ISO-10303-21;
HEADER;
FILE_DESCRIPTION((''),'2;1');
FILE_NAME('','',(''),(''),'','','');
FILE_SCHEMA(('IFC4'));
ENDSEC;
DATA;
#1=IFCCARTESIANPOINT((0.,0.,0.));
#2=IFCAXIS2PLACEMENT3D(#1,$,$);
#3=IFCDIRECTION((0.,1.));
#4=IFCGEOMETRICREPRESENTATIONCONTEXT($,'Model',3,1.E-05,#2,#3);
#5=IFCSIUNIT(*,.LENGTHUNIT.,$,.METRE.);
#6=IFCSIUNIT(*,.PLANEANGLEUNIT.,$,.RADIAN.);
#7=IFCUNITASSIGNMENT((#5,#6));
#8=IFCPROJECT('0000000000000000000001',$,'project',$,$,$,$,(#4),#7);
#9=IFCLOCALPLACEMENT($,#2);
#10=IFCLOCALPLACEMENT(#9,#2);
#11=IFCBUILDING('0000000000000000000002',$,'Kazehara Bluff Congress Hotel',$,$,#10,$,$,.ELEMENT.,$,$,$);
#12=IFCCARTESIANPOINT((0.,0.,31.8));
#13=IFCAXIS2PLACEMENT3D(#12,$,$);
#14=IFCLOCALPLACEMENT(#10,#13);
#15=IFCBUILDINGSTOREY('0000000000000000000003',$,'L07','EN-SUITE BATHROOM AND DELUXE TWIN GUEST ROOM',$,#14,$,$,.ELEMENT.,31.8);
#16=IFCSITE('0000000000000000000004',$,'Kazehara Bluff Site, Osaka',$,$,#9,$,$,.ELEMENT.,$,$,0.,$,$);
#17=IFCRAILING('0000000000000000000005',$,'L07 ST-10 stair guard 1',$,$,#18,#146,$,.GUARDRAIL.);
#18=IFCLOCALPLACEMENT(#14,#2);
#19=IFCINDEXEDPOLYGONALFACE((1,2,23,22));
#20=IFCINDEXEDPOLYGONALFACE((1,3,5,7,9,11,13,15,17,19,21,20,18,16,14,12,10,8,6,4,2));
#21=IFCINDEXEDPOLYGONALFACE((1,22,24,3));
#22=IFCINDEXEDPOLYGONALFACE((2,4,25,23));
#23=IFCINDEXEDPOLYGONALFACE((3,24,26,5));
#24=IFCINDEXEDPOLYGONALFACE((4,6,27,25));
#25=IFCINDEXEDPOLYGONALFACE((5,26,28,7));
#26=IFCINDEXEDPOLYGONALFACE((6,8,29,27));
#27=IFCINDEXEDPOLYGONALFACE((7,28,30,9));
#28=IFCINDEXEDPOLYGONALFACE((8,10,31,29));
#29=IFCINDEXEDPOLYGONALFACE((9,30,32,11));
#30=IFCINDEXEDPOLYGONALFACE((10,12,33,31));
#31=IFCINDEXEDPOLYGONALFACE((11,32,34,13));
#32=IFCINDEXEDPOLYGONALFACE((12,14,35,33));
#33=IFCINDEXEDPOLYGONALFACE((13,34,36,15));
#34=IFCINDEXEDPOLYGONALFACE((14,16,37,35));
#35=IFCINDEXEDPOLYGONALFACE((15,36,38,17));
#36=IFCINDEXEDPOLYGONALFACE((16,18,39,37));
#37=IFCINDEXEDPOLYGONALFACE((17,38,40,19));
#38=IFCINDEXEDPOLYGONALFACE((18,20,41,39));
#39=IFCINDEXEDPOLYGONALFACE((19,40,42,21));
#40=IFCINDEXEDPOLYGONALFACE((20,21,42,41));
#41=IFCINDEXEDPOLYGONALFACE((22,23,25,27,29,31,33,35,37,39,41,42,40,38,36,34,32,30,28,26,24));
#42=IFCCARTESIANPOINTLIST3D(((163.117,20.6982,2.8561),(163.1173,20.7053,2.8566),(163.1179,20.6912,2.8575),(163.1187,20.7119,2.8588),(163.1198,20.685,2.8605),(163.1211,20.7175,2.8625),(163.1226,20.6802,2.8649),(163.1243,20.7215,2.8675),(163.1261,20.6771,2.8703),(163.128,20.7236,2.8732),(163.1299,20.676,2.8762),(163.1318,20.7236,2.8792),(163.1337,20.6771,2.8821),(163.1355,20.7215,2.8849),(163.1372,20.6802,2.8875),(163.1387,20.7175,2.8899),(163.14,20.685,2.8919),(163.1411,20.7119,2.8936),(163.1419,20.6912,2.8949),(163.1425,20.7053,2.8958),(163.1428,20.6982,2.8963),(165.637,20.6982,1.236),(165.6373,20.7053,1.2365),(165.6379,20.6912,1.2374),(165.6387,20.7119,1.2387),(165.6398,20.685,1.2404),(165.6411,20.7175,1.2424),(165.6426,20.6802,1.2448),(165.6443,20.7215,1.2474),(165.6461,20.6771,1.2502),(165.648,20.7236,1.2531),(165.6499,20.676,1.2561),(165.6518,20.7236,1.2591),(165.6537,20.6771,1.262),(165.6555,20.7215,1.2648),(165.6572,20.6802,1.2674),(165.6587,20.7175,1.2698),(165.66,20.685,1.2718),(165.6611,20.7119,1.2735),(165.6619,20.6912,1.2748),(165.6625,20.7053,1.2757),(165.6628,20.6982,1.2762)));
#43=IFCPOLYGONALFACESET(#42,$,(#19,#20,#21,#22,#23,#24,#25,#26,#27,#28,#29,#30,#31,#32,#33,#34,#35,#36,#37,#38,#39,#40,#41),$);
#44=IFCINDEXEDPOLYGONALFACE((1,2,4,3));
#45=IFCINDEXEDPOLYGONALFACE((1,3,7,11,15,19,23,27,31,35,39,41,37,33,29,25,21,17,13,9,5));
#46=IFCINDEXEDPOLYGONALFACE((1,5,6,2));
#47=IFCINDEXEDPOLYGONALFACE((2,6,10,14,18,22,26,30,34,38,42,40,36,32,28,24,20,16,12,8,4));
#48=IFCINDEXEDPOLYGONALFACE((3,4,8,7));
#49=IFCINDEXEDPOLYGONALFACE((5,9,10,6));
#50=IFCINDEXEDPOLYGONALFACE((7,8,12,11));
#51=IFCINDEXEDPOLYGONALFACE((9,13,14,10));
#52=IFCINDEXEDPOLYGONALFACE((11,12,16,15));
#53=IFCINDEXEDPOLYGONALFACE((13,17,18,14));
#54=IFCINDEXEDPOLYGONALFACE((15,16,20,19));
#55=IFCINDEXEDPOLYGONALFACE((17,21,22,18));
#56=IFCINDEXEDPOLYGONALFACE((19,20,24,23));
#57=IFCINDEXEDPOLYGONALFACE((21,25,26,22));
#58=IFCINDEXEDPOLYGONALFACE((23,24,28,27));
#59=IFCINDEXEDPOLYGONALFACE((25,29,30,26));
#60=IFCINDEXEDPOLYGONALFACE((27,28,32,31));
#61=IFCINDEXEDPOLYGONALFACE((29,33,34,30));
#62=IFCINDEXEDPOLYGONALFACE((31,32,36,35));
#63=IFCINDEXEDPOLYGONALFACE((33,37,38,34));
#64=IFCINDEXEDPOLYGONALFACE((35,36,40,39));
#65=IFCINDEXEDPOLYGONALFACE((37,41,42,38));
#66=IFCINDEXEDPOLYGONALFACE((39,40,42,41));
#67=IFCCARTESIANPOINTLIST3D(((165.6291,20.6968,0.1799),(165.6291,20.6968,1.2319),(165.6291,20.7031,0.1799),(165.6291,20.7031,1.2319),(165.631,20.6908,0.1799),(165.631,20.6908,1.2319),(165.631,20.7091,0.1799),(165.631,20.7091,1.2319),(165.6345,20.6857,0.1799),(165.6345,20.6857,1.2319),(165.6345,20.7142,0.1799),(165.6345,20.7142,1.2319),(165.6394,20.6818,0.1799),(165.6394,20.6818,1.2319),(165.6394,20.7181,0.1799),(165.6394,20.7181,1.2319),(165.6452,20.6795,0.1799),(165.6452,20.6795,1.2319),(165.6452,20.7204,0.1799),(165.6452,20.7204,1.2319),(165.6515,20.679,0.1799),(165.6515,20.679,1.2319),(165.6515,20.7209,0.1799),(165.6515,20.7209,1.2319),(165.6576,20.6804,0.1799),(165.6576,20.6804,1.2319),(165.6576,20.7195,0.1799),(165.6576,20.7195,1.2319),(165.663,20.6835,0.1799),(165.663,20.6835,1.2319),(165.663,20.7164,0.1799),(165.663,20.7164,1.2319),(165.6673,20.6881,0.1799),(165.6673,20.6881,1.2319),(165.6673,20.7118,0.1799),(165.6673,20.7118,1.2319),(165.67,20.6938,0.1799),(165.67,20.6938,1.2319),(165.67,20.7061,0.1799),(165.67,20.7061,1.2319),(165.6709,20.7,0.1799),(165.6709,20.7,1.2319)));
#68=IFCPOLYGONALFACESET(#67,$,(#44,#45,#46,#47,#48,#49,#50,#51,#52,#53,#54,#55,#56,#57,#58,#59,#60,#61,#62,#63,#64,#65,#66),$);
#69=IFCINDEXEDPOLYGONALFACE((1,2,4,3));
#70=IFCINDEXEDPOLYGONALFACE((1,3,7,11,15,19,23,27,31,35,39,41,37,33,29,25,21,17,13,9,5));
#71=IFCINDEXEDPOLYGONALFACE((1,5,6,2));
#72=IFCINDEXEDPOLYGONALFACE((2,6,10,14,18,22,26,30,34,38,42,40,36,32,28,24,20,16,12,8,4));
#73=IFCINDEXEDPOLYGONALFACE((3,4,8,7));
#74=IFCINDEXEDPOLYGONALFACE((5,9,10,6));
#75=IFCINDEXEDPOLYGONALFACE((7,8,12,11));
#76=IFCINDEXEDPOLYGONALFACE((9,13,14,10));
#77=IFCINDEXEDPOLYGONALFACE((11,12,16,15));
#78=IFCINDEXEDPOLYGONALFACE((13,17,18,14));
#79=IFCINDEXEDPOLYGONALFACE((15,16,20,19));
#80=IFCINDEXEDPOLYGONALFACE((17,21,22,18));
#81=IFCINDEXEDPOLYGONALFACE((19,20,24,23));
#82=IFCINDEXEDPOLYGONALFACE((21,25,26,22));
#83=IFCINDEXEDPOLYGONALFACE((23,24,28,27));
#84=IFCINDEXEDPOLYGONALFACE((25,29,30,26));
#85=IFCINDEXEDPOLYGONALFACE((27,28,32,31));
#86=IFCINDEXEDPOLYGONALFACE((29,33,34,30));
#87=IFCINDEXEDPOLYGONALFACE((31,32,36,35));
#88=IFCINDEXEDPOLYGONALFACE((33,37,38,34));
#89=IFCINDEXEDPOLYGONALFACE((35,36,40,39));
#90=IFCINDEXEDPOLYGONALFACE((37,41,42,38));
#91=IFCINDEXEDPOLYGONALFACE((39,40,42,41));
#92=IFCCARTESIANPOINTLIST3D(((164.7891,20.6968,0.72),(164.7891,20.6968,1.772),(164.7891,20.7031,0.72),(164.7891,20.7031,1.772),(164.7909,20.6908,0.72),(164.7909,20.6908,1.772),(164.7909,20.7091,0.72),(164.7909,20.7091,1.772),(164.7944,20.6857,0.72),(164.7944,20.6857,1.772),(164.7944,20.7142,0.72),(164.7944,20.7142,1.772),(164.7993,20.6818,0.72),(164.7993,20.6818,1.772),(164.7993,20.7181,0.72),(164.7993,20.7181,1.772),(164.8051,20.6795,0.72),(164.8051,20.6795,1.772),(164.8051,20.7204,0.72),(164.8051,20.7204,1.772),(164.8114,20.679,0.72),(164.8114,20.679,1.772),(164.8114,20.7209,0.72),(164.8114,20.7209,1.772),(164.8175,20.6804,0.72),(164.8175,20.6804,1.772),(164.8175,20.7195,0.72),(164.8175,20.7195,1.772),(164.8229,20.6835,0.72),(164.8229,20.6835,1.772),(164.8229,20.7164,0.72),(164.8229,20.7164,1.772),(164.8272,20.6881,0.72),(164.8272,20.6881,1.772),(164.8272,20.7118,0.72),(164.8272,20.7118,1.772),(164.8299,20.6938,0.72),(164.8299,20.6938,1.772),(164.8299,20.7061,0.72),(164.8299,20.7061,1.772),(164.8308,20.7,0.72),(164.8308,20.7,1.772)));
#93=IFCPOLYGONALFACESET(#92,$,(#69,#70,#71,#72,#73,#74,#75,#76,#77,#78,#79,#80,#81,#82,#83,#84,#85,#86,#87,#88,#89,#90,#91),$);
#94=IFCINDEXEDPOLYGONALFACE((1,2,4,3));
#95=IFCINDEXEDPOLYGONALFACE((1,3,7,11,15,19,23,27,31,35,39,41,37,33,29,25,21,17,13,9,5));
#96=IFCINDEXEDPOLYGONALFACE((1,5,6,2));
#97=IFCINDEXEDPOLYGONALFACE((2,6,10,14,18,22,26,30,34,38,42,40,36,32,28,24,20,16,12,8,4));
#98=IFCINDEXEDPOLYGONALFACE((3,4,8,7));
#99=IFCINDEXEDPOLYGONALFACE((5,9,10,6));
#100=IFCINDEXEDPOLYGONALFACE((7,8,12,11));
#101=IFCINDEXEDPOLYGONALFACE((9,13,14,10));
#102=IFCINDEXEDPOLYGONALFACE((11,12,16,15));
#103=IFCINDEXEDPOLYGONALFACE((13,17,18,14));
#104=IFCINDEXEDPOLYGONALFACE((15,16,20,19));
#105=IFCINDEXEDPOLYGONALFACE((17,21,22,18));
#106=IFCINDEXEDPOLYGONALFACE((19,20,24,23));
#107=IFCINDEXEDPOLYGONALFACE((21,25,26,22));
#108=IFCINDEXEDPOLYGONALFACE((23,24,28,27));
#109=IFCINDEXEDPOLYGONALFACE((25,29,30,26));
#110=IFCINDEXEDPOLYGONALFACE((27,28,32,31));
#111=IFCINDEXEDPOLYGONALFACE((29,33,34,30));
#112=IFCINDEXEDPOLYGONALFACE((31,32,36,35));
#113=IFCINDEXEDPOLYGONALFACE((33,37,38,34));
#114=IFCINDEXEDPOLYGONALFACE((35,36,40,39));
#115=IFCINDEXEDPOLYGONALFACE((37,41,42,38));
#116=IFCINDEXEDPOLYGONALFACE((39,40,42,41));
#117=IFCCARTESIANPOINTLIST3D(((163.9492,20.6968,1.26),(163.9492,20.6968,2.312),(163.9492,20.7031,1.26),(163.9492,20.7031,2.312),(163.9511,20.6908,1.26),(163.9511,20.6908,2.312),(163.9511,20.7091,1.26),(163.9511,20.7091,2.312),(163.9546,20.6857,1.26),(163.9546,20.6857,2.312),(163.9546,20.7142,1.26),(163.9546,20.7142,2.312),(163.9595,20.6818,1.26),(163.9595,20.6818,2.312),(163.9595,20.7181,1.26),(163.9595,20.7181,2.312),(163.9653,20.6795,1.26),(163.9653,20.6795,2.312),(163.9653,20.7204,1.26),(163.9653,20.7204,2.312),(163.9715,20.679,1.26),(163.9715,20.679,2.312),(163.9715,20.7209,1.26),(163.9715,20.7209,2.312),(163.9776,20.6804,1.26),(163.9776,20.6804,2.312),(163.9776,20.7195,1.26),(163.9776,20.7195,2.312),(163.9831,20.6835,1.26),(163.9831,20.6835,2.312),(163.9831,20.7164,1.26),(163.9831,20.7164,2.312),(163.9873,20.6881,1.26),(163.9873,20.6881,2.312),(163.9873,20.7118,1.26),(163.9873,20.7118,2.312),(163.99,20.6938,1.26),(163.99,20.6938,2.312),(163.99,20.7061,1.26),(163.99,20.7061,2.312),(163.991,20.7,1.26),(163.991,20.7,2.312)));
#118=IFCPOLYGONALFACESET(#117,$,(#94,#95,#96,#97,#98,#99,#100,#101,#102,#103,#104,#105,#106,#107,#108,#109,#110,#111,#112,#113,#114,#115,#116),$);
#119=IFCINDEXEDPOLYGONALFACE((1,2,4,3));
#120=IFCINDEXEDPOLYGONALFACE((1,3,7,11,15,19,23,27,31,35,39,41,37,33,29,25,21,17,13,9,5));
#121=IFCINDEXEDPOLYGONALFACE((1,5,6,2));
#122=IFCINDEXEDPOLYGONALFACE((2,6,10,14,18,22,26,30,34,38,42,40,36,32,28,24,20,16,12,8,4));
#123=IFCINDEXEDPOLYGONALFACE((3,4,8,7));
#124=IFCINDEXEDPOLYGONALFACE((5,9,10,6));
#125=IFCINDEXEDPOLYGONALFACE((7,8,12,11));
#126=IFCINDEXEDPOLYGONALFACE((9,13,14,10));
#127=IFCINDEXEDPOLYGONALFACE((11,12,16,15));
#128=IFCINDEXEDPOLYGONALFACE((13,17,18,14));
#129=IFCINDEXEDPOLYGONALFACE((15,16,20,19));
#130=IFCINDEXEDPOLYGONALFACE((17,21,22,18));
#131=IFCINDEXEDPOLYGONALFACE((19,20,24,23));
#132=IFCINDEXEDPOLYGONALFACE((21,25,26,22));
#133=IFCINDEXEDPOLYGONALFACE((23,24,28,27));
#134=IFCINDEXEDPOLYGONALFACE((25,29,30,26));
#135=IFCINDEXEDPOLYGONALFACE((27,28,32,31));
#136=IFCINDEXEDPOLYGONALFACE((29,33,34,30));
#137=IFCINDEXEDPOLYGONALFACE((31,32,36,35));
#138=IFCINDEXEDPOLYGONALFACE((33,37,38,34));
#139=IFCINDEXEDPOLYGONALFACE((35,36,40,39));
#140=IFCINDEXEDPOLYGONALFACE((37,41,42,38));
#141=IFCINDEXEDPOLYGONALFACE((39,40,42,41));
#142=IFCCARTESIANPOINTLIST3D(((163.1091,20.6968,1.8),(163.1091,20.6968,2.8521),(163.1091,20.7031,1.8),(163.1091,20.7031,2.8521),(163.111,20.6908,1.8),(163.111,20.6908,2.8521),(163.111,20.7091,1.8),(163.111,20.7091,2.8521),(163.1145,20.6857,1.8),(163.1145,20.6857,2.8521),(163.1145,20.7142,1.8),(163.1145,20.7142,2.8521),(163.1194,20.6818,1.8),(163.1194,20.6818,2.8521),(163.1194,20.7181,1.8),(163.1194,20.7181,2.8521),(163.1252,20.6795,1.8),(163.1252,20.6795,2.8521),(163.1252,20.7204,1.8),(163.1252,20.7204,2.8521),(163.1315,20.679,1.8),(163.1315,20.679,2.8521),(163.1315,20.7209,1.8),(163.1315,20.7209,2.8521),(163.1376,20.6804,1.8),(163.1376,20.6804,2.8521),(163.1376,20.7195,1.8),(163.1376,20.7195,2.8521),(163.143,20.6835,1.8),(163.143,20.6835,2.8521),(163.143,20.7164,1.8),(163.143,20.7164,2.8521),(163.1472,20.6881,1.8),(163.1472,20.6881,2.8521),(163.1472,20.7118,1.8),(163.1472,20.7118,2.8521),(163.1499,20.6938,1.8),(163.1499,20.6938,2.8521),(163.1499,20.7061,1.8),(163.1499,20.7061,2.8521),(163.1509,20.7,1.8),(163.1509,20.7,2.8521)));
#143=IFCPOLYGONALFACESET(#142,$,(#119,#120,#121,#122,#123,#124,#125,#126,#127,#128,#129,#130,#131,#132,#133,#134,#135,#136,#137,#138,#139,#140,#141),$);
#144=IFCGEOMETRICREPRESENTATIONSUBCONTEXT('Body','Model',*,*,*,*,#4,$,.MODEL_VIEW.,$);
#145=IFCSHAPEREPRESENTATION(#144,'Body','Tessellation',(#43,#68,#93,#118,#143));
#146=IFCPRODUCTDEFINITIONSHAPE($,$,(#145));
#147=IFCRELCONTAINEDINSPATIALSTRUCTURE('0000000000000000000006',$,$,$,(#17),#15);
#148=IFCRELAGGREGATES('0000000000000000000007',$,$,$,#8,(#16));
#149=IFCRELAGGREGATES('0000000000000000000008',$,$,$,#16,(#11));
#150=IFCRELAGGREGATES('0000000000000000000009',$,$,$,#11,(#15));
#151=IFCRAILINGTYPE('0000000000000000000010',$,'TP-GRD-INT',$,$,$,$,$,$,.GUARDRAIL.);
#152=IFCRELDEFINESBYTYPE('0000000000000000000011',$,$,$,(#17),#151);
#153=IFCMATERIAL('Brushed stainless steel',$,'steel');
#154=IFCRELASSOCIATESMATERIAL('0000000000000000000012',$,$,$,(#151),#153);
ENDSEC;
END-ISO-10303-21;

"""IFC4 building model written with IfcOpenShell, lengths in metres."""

from ifc_helpers import new_model, si_unit, direction, frame, origin, origin_2d, place, context, subcontext, project, spatial, circle, extrude, material, type_object, element, save


model = new_model("IFC4")

# Units and contexts
model_context = context("Model", 3, precision=1e-05, world=origin(), true_north=direction((0.0, 1.0)))
body_context = subcontext(model_context, "Body", "Model", "MODEL_VIEW")
ifc_project = project(units=[si_unit("LENGTHUNIT", "METRE"), si_unit("PLANEANGLEUNIT", "RADIAN")], contexts=[model_context])

# Site, building, storey
site_placement = place(None, origin())
site = spatial("IfcSite", under=ifc_project, at=site_placement, Name="Kazehara Bluff Site, Osaka", CompositionType="ELEMENT", RefElevation=0.0)
building_placement = place(site_placement, origin())
building = spatial("IfcBuilding", under=site, at=building_placement, Name="Kazehara Bluff Congress Hotel", CompositionType="ELEMENT")
storey_placement = place(building_placement, frame((0.0, 0.0, 31.8)))
storey = spatial("IfcBuildingStorey", under=building, at=storey_placement, Name="L07", Description="EN-SUITE BATHROOM AND DELUXE TWIN GUEST ROOM", CompositionType="ELEMENT", Elevation=31.8)

# Railing
ifc_material_1 = material(Name="Brushed stainless steel", Category="steel")
railing_type_1 = type_object("IfcRailingType", Name="TP-GRD-INT", PredefinedType="GUARDRAIL", material=ifc_material_1)
railing_1_placement = place(storey_placement, frame((165.6499, 20.7, 0.1799)))
element("IfcRailing", 1, at=railing_1_placement, inside=storey, type_object=railing_type_1, Name="L07 ST-10 stair guard 1", PredefinedType="GUARDRAIL", context=body_context, shape_type="SweptSolid", body=[
    extrude(circle(Radius=0.0239, at=origin_2d()), frame((0.0, 0.0, 1.0762), z_axis=(-0.841163, 0.0, 0.540782), x_axis=(0.0, -1.0, 0.0)), (0.0, 0.0, 1.0), 2.9958),
    extrude(circle(Radius=0.021, at=origin_2d()), origin(), (0.0, 0.0, 1.0), 1.052),
    extrude(circle(Radius=0.021, at=origin_2d()), frame((-0.8401, 0.0, 0.54)), (0.0, 0.0, 1.0), 1.052),
    extrude(circle(Radius=0.021, at=origin_2d()), frame((-1.6799, 0.0, 1.0801)), (0.0, 0.0, 1.0), 1.052),
    extrude(circle(Radius=0.021, at=origin_2d()), frame((-2.52, 0.0, 1.6201)), (0.0, 0.0, 1.0), 1.052),
])

save(model, "model.ifc")
